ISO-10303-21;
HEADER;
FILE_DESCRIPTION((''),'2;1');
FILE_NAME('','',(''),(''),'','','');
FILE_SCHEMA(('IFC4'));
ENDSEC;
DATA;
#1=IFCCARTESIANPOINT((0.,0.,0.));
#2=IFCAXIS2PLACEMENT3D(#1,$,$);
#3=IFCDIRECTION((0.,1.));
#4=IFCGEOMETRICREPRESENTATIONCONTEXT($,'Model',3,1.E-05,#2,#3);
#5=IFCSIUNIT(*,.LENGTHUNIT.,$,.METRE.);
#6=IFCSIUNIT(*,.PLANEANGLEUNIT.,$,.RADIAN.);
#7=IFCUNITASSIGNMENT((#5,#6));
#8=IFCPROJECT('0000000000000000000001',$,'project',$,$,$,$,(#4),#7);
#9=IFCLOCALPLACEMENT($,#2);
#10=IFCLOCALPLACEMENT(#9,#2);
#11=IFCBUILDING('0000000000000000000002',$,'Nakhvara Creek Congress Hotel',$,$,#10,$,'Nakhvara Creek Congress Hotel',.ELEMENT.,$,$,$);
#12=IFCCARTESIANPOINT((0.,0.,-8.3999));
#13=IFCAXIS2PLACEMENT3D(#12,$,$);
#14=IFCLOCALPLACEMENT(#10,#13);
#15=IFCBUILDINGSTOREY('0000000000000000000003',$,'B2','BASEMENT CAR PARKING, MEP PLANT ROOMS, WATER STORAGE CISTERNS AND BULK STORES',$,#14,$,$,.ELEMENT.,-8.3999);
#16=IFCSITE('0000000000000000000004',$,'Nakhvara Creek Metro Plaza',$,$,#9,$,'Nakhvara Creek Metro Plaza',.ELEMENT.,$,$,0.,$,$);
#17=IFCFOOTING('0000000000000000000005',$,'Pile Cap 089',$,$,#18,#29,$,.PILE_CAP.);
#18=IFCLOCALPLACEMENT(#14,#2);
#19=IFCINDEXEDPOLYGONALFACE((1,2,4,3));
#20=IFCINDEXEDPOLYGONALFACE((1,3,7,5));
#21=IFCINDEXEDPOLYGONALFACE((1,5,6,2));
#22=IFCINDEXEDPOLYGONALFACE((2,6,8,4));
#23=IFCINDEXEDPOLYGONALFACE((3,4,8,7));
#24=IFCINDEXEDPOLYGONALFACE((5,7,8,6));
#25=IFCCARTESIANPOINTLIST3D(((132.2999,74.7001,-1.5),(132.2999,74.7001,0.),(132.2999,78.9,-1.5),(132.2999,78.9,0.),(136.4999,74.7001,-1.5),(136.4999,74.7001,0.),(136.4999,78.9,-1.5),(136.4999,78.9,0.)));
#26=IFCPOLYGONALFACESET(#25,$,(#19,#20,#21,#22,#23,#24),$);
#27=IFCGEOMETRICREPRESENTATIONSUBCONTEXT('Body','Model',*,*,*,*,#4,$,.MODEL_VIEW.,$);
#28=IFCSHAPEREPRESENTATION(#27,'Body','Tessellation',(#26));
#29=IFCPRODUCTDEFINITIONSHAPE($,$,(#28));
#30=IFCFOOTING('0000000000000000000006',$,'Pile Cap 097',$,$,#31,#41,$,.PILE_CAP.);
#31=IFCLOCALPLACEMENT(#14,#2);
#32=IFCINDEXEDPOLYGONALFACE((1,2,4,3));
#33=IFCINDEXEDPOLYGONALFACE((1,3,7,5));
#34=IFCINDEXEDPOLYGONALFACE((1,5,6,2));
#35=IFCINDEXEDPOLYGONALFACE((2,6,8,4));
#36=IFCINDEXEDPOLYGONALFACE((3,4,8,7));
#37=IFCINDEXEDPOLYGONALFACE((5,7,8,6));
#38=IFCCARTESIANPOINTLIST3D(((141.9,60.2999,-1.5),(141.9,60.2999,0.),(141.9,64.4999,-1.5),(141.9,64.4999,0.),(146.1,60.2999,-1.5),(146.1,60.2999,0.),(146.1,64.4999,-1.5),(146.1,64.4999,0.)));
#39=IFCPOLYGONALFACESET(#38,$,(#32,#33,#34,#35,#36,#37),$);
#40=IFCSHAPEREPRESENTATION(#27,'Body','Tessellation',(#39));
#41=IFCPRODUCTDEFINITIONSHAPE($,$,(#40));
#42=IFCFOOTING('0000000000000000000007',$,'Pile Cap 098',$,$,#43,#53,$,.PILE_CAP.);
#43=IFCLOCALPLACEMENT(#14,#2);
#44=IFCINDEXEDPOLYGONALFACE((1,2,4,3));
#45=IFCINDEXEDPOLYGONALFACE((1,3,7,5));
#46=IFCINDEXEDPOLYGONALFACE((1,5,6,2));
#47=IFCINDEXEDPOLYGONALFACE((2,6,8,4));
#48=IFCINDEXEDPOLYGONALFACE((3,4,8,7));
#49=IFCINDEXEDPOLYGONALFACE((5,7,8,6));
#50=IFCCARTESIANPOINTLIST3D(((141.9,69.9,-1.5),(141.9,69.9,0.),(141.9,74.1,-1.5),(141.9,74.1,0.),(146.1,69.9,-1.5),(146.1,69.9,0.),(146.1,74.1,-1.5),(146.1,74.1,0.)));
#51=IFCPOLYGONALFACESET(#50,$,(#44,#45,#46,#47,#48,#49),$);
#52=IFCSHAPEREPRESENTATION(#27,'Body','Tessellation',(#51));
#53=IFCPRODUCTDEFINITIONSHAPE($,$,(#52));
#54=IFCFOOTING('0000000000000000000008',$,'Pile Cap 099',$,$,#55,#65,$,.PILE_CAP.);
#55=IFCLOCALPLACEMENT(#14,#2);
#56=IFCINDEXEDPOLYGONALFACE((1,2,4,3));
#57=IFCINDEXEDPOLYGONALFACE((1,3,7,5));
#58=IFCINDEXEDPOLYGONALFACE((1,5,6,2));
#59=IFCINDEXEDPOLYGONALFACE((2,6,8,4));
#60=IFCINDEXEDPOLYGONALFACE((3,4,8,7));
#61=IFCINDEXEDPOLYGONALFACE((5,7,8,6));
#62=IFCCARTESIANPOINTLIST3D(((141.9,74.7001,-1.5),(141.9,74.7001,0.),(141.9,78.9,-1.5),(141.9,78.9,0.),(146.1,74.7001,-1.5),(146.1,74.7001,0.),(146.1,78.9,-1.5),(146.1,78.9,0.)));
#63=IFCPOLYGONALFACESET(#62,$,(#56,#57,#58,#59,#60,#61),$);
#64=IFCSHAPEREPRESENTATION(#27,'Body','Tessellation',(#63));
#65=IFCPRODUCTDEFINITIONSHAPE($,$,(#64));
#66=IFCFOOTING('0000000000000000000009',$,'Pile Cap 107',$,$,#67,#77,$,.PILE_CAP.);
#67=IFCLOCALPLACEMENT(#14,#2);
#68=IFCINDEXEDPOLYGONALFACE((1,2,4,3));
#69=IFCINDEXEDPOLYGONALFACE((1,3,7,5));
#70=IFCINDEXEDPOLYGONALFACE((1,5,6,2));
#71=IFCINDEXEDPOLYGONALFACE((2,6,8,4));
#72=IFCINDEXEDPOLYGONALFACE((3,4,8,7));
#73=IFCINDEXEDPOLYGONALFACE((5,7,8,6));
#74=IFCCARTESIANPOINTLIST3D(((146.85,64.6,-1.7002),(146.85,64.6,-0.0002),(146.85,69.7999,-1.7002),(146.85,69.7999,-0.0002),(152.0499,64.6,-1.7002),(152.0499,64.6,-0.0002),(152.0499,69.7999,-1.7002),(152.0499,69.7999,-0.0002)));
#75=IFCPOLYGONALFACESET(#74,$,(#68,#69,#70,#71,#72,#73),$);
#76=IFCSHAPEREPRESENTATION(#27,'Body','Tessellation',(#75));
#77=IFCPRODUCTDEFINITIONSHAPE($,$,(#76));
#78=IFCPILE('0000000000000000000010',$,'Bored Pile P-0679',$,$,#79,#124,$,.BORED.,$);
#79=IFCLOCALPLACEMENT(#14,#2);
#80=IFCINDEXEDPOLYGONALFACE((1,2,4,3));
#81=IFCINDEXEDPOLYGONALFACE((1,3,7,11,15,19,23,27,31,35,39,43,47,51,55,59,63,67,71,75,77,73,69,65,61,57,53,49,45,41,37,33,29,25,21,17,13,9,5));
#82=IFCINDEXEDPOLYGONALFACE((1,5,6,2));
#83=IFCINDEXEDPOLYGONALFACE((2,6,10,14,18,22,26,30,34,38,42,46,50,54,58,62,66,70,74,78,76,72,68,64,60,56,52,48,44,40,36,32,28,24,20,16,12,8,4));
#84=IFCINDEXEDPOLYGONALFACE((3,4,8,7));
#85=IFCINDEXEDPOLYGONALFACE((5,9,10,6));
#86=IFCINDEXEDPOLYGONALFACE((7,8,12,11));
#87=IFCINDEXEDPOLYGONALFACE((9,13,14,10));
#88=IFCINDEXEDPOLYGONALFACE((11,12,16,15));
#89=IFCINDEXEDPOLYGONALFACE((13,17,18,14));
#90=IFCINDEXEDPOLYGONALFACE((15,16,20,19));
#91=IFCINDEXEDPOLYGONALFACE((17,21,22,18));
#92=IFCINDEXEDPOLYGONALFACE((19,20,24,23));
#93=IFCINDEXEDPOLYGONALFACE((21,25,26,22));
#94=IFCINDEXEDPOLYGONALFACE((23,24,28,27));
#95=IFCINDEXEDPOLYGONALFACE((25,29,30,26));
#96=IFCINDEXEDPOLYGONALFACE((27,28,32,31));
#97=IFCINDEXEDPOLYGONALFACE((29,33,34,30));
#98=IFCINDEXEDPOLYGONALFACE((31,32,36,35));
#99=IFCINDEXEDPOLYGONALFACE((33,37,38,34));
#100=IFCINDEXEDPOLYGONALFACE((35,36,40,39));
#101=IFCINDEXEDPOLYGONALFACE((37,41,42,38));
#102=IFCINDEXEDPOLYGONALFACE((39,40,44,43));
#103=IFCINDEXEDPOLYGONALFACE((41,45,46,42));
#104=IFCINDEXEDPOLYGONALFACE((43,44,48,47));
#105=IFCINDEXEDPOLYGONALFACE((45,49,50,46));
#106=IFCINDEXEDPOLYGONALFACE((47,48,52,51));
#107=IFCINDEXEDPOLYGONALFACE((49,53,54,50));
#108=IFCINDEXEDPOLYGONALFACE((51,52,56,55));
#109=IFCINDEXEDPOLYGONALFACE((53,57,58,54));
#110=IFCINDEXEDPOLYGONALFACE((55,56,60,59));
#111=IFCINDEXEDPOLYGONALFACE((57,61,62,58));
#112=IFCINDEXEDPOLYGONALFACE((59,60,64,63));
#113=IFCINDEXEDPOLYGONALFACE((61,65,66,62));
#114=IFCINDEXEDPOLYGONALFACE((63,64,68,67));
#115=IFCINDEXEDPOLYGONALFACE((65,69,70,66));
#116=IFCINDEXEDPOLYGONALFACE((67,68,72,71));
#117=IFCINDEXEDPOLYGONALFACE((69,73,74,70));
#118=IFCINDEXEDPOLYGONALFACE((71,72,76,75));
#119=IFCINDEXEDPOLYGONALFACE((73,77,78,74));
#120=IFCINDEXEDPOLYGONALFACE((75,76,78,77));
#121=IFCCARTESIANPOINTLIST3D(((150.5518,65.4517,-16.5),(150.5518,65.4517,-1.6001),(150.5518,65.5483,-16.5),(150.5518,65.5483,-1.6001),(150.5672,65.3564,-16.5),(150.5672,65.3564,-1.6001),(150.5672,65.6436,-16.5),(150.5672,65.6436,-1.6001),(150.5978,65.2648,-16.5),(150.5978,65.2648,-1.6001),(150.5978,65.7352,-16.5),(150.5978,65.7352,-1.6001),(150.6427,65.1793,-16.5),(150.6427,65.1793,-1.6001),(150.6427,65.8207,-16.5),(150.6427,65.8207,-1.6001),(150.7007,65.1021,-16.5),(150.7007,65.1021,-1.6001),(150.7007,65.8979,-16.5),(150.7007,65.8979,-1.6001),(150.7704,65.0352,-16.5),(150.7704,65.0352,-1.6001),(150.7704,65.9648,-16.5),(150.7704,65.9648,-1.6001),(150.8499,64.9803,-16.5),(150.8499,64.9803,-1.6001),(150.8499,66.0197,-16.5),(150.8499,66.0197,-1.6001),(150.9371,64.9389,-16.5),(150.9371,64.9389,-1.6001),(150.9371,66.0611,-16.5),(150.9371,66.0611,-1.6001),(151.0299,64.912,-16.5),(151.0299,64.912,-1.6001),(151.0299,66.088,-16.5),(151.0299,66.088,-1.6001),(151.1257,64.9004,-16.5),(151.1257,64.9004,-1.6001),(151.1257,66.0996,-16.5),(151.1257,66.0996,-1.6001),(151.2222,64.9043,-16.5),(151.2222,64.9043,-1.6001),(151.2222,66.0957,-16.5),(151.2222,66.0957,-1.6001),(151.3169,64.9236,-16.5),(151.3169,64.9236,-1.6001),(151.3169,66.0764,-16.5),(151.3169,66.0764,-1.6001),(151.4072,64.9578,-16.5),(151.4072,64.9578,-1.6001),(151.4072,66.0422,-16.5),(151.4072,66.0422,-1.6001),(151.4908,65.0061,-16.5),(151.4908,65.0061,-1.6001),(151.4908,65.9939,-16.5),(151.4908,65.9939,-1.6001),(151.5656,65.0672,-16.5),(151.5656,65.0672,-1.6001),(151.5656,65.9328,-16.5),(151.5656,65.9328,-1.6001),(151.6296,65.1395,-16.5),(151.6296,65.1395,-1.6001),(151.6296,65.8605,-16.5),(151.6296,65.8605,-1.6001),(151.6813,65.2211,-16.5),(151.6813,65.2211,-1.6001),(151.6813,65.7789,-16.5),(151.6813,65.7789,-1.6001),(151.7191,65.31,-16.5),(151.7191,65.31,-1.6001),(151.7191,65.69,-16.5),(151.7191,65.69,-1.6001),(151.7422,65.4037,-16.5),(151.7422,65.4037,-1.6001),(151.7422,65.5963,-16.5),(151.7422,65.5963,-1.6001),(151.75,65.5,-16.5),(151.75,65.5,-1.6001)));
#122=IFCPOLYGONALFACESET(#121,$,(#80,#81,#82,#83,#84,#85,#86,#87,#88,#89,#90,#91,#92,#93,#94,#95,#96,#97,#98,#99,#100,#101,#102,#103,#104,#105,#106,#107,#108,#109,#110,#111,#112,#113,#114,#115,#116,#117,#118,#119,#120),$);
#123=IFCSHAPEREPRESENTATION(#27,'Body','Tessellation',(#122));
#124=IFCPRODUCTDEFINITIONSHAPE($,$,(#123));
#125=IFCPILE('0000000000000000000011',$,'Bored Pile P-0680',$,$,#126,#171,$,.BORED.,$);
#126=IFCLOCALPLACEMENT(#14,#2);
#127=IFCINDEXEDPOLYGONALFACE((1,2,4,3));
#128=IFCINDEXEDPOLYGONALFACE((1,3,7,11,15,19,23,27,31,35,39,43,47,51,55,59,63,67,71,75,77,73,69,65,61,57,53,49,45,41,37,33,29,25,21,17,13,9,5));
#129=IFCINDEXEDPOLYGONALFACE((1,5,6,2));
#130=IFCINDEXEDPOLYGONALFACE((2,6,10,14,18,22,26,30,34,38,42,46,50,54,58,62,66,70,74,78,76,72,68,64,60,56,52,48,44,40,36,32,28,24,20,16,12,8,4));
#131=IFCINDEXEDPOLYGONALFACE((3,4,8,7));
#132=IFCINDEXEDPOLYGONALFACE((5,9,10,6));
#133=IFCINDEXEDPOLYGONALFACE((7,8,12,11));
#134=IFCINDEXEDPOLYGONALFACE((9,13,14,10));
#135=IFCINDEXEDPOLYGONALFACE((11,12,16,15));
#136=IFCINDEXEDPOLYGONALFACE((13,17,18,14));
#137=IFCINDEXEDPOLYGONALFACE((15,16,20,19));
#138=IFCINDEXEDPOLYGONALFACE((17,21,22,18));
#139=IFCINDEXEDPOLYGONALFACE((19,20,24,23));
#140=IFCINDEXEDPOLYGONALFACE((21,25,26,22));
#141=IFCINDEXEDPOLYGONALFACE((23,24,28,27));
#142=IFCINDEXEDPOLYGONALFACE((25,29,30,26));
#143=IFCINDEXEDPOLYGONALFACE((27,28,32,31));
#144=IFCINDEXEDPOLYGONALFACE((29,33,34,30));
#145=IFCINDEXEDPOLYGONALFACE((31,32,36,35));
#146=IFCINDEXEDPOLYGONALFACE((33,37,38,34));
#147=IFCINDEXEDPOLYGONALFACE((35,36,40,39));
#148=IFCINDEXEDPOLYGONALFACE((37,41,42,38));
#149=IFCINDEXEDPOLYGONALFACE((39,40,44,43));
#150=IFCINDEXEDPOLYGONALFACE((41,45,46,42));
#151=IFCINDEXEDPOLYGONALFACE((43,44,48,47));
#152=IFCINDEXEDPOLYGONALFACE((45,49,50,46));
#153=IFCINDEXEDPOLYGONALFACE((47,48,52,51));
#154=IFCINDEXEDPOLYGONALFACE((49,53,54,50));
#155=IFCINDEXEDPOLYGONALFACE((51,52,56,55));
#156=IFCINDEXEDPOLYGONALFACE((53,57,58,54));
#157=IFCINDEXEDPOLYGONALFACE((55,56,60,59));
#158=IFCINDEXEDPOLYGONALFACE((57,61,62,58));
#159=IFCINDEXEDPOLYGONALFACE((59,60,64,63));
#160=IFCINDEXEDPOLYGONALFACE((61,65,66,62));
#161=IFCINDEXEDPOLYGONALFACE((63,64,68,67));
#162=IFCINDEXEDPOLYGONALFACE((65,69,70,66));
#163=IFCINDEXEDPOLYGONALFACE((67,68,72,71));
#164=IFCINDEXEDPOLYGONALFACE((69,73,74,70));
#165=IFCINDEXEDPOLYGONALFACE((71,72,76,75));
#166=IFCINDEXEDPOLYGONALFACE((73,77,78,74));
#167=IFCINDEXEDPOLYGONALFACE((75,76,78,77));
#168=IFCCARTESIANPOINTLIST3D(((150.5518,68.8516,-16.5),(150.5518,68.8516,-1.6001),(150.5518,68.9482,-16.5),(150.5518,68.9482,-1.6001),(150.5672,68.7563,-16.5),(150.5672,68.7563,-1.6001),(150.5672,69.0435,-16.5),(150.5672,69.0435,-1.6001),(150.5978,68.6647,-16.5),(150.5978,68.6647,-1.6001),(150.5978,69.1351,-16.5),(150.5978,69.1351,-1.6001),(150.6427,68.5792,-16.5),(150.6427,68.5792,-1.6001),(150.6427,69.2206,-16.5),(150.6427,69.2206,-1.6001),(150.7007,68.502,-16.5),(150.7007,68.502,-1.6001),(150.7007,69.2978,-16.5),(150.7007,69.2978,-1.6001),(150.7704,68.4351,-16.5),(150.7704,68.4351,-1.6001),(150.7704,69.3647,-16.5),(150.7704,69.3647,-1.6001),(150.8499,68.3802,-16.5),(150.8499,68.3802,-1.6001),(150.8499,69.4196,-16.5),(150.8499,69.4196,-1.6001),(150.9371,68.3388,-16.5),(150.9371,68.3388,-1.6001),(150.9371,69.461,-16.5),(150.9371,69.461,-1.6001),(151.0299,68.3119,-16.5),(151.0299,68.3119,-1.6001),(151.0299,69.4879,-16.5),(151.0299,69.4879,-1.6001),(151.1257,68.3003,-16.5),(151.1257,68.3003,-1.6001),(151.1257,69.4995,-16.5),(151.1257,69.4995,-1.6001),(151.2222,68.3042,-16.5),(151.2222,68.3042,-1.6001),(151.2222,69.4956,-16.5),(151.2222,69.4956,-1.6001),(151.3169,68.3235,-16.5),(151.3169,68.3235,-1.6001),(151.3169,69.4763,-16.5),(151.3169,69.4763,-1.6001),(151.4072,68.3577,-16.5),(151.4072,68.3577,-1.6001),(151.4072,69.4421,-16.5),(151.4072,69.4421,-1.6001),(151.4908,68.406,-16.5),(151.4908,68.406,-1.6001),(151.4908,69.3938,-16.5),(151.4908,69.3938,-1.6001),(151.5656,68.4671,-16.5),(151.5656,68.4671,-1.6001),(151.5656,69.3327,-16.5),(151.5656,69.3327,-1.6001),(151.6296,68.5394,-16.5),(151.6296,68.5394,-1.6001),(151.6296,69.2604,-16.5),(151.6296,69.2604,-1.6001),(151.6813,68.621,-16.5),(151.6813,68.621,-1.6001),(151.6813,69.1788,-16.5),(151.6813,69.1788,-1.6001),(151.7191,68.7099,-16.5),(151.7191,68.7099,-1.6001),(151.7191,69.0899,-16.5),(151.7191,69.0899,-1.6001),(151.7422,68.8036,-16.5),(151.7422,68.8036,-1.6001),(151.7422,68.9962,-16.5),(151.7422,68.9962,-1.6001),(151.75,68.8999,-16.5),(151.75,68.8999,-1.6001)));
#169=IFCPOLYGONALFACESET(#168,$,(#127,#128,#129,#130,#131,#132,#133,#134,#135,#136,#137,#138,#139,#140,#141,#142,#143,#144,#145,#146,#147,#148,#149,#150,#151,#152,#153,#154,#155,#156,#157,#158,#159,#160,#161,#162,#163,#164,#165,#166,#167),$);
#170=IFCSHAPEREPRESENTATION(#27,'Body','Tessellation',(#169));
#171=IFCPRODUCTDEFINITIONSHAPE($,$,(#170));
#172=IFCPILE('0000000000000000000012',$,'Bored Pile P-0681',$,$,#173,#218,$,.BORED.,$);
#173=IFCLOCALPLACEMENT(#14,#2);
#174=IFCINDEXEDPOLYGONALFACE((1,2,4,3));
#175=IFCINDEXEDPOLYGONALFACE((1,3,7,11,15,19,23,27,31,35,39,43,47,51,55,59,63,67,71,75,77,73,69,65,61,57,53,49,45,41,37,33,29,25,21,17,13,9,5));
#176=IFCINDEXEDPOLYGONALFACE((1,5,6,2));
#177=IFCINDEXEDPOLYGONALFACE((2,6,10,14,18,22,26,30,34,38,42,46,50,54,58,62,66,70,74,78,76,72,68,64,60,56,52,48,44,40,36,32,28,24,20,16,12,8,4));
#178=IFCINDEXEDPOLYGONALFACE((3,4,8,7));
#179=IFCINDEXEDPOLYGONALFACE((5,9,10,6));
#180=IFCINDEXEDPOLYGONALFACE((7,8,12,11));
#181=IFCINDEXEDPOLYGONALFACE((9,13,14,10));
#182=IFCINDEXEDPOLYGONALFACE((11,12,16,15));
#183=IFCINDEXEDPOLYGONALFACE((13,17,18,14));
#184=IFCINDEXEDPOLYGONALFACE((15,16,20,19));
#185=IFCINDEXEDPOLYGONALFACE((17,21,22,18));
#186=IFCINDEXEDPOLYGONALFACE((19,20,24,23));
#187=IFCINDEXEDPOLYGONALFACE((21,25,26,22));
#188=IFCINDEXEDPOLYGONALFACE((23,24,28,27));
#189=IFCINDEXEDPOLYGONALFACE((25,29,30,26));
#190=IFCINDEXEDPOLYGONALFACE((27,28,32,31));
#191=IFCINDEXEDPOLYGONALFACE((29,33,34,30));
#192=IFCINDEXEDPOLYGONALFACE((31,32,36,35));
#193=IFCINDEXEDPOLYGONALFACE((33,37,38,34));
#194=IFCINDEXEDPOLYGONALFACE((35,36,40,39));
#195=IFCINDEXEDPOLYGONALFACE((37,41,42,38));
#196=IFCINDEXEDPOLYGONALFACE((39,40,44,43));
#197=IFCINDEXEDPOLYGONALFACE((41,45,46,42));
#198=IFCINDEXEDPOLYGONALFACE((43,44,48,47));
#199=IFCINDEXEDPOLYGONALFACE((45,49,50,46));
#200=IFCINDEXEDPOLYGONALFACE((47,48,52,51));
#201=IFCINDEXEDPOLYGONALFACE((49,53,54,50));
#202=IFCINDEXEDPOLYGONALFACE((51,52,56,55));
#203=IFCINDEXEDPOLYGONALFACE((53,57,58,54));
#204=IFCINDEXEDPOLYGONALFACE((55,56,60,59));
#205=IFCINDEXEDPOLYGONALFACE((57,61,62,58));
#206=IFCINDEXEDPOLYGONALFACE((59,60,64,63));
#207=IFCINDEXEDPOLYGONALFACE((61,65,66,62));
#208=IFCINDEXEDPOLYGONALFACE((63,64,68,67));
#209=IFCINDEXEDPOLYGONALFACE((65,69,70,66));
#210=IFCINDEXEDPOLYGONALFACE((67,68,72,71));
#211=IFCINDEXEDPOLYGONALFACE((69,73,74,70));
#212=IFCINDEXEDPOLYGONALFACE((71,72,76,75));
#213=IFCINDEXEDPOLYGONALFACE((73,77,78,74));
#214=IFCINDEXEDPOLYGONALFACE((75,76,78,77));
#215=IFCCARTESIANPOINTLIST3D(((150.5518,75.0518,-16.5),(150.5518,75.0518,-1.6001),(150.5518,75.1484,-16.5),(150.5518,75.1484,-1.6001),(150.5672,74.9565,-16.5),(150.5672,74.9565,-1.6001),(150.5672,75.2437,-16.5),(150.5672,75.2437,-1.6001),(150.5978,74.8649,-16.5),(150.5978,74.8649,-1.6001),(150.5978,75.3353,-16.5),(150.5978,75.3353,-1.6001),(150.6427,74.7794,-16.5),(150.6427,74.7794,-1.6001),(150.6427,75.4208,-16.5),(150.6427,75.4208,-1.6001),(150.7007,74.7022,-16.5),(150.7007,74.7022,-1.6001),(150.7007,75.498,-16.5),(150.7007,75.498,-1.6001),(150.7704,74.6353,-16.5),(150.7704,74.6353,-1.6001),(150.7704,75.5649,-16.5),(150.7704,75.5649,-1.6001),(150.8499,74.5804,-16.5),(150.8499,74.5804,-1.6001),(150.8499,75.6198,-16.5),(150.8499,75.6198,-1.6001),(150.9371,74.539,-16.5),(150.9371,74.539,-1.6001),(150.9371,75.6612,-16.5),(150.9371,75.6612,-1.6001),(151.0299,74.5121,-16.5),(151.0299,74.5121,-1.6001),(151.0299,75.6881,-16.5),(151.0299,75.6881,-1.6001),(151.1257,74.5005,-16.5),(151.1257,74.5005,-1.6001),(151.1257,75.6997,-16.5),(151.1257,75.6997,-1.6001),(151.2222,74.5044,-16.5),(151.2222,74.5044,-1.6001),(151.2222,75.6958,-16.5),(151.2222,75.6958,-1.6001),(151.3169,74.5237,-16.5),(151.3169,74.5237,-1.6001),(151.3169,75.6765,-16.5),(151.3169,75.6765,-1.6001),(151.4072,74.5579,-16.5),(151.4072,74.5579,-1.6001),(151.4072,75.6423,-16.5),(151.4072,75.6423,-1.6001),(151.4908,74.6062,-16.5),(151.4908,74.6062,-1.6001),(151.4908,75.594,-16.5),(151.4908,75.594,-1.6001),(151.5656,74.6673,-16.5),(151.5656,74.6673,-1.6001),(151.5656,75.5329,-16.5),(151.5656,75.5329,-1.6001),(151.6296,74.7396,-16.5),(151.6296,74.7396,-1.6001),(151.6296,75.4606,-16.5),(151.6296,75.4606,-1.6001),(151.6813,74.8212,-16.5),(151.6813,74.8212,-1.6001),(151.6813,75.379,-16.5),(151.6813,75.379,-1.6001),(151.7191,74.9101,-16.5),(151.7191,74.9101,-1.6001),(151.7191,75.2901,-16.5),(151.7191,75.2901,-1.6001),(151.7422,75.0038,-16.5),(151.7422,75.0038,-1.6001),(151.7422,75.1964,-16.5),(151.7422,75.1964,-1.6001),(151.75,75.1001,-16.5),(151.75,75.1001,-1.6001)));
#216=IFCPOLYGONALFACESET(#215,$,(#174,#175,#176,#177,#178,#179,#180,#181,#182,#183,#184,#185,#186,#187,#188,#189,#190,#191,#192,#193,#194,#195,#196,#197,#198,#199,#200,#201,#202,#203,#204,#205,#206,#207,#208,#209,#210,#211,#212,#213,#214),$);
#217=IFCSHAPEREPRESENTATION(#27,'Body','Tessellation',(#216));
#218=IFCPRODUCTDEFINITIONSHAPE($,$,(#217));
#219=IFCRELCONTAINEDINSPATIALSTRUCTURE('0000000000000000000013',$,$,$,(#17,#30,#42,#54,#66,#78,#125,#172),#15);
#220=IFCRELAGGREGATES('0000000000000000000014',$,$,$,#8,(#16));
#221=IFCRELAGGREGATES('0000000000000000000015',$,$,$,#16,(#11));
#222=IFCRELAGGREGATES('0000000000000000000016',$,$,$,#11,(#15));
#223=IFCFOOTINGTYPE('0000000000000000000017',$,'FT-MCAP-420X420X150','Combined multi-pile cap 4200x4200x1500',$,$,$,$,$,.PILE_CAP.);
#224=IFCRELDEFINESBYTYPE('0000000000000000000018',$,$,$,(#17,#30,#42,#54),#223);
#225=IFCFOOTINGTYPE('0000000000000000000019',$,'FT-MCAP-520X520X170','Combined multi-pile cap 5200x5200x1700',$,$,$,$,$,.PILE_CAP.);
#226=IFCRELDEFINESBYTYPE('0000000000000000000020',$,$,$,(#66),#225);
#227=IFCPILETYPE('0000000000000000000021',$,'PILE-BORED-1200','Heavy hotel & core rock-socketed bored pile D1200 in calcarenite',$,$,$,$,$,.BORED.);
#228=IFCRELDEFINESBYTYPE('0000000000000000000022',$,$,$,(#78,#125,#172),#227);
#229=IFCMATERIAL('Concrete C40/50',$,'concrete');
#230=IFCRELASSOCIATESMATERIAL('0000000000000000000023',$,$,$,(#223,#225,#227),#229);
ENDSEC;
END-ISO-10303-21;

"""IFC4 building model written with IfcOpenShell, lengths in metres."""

from ifc_helpers import new_model, si_unit, direction, frame, origin, origin_2d, place, context, subcontext, project, spatial, rectangle, circle, extrude, material, material_profile, profile_set, type_object, element, save


model = new_model("IFC4")

# Units and contexts
model_context = context("Model", 3, precision=1e-05, world=origin(), true_north=direction((0.0, 1.0)))
body_context = subcontext(model_context, "Body", "Model", "MODEL_VIEW")
ifc_project = project(units=[si_unit("LENGTHUNIT", "METRE"), si_unit("PLANEANGLEUNIT", "RADIAN")], contexts=[model_context])

# Site, building, storey
site_placement = place(None, origin())
site = spatial("IfcSite", under=ifc_project, at=site_placement, Name="Nakhvara Creek Metro Plaza", LongName="Nakhvara Creek Metro Plaza", CompositionType="ELEMENT", RefElevation=0.0)
building_placement = place(site_placement, origin())
building = spatial("IfcBuilding", under=site, at=building_placement, Name="Nakhvara Creek Congress Hotel", LongName="Nakhvara Creek Congress Hotel", CompositionType="ELEMENT")
storey_placement = place(building_placement, frame((0.0, 0.0, -8.3999)))
storey = spatial("IfcBuildingStorey", under=building, at=storey_placement, Name="B2", Description="BASEMENT CAR PARKING, MEP PLANT ROOMS, WATER STORAGE CISTERNS AND BULK STORES", CompositionType="ELEMENT", Elevation=-8.3999)

# Footings
ifc_material_1 = material(Name="Concrete C40/50", Category="concrete")
footing_type_1 = type_object("IfcFootingType", Name="FT-MCAP-420X420X150", Description="Combined multi-pile cap 4200x4200x1500", PredefinedType="PILE_CAP", material=ifc_material_1)
for number, where, z_axis, x_axis, name in (
    (1, (134.3999, 76.8, -1.5), (0.0, 0.0, 1.0), (1.0, 0.0, 0.0), "Pile Cap 089"),
    (2, (144.0, 62.3999, -1.5), (0.0, 0.0, 1.0), (1.0, 0.0, 0.0), "Pile Cap 097"),
    (3, (144.0, 72.0, -1.5), (0.0, 0.0, 1.0), (1.0, 0.0, 0.0), "Pile Cap 098"),
    (4, (144.0, 76.8, -1.5), (0.0, 0.0, 1.0), (1.0, 0.0, 0.0), "Pile Cap 099"),
):
    element("IfcFooting", number, at=place(storey_placement, frame(where, z_axis=z_axis, x_axis=x_axis)), inside=storey, type_object=footing_type_1, Name=name, PredefinedType="PILE_CAP", context=body_context, shape_type="SweptSolid", body=[
        extrude(rectangle(XDim=4.2, YDim=4.2, at=origin_2d()), origin(), (0.0, 0.0, 1.0), 1.5),
    ])
footing_type_2 = type_object("IfcFootingType", Name="FT-MCAP-520X520X170", Description="Combined multi-pile cap 5200x5200x1700", PredefinedType="PILE_CAP", material=ifc_material_1)
footing_placement = place(storey_placement, frame((149.45, 67.2, -1.7002), z_axis=(0.0, 0.0, 1.0), x_axis=(1.0, 0.0, 0.0)))
element("IfcFooting", 5, at=footing_placement, inside=storey, type_object=footing_type_2, Name="Pile Cap 107", PredefinedType="PILE_CAP", context=body_context, shape_type="SweptSolid", body=[
    extrude(rectangle(XDim=5.2, YDim=5.2, at=origin_2d()), origin(), (0.0, 0.0, 1.0), 1.7),
])

# Piles
ifc_material_profile_1 = material_profile(ifc_material_1, circle(Radius=0.6001, at=origin_2d()), Name="BORED PILE D1200", Category="LoadBearing")
ifc_profile_set_1 = profile_set([ifc_material_profile_1], Name="Concrete C40/50")
pile_type_1 = type_object("IfcPileType", Name="PILE-BORED-1200", Description="Heavy hotel & core rock-socketed bored pile D1200 in calcarenite", PredefinedType="BORED", material=ifc_profile_set_1)
for number, where, z_axis, x_axis, name in (
    (6, (151.1499, 65.5, -1.6001), (0.0, 0.0, -1.0), (1.0, 0.0, 0.0), "Bored Pile P-0679"),
    (7, (151.1499, 68.8999, -1.6001), (0.0, 0.0, -1.0), (1.0, 0.0, 0.0), "Bored Pile P-0680"),
    (8, (151.1499, 75.1001, -1.6001), (0.0, 0.0, -1.0), (1.0, 0.0, 0.0), "Bored Pile P-0681"),
):
    element("IfcPile", number, at=place(storey_placement, frame(where, z_axis=z_axis, x_axis=x_axis)), inside=storey, type_object=pile_type_1, Name=name, PredefinedType="BORED", context=body_context, shape_type="SweptSolid", body=[
        extrude(circle(Radius=0.6001, at=origin_2d()), origin(), (0.0, 0.0, 1.0), 14.8999),
    ])

save(model, "model.ifc")
